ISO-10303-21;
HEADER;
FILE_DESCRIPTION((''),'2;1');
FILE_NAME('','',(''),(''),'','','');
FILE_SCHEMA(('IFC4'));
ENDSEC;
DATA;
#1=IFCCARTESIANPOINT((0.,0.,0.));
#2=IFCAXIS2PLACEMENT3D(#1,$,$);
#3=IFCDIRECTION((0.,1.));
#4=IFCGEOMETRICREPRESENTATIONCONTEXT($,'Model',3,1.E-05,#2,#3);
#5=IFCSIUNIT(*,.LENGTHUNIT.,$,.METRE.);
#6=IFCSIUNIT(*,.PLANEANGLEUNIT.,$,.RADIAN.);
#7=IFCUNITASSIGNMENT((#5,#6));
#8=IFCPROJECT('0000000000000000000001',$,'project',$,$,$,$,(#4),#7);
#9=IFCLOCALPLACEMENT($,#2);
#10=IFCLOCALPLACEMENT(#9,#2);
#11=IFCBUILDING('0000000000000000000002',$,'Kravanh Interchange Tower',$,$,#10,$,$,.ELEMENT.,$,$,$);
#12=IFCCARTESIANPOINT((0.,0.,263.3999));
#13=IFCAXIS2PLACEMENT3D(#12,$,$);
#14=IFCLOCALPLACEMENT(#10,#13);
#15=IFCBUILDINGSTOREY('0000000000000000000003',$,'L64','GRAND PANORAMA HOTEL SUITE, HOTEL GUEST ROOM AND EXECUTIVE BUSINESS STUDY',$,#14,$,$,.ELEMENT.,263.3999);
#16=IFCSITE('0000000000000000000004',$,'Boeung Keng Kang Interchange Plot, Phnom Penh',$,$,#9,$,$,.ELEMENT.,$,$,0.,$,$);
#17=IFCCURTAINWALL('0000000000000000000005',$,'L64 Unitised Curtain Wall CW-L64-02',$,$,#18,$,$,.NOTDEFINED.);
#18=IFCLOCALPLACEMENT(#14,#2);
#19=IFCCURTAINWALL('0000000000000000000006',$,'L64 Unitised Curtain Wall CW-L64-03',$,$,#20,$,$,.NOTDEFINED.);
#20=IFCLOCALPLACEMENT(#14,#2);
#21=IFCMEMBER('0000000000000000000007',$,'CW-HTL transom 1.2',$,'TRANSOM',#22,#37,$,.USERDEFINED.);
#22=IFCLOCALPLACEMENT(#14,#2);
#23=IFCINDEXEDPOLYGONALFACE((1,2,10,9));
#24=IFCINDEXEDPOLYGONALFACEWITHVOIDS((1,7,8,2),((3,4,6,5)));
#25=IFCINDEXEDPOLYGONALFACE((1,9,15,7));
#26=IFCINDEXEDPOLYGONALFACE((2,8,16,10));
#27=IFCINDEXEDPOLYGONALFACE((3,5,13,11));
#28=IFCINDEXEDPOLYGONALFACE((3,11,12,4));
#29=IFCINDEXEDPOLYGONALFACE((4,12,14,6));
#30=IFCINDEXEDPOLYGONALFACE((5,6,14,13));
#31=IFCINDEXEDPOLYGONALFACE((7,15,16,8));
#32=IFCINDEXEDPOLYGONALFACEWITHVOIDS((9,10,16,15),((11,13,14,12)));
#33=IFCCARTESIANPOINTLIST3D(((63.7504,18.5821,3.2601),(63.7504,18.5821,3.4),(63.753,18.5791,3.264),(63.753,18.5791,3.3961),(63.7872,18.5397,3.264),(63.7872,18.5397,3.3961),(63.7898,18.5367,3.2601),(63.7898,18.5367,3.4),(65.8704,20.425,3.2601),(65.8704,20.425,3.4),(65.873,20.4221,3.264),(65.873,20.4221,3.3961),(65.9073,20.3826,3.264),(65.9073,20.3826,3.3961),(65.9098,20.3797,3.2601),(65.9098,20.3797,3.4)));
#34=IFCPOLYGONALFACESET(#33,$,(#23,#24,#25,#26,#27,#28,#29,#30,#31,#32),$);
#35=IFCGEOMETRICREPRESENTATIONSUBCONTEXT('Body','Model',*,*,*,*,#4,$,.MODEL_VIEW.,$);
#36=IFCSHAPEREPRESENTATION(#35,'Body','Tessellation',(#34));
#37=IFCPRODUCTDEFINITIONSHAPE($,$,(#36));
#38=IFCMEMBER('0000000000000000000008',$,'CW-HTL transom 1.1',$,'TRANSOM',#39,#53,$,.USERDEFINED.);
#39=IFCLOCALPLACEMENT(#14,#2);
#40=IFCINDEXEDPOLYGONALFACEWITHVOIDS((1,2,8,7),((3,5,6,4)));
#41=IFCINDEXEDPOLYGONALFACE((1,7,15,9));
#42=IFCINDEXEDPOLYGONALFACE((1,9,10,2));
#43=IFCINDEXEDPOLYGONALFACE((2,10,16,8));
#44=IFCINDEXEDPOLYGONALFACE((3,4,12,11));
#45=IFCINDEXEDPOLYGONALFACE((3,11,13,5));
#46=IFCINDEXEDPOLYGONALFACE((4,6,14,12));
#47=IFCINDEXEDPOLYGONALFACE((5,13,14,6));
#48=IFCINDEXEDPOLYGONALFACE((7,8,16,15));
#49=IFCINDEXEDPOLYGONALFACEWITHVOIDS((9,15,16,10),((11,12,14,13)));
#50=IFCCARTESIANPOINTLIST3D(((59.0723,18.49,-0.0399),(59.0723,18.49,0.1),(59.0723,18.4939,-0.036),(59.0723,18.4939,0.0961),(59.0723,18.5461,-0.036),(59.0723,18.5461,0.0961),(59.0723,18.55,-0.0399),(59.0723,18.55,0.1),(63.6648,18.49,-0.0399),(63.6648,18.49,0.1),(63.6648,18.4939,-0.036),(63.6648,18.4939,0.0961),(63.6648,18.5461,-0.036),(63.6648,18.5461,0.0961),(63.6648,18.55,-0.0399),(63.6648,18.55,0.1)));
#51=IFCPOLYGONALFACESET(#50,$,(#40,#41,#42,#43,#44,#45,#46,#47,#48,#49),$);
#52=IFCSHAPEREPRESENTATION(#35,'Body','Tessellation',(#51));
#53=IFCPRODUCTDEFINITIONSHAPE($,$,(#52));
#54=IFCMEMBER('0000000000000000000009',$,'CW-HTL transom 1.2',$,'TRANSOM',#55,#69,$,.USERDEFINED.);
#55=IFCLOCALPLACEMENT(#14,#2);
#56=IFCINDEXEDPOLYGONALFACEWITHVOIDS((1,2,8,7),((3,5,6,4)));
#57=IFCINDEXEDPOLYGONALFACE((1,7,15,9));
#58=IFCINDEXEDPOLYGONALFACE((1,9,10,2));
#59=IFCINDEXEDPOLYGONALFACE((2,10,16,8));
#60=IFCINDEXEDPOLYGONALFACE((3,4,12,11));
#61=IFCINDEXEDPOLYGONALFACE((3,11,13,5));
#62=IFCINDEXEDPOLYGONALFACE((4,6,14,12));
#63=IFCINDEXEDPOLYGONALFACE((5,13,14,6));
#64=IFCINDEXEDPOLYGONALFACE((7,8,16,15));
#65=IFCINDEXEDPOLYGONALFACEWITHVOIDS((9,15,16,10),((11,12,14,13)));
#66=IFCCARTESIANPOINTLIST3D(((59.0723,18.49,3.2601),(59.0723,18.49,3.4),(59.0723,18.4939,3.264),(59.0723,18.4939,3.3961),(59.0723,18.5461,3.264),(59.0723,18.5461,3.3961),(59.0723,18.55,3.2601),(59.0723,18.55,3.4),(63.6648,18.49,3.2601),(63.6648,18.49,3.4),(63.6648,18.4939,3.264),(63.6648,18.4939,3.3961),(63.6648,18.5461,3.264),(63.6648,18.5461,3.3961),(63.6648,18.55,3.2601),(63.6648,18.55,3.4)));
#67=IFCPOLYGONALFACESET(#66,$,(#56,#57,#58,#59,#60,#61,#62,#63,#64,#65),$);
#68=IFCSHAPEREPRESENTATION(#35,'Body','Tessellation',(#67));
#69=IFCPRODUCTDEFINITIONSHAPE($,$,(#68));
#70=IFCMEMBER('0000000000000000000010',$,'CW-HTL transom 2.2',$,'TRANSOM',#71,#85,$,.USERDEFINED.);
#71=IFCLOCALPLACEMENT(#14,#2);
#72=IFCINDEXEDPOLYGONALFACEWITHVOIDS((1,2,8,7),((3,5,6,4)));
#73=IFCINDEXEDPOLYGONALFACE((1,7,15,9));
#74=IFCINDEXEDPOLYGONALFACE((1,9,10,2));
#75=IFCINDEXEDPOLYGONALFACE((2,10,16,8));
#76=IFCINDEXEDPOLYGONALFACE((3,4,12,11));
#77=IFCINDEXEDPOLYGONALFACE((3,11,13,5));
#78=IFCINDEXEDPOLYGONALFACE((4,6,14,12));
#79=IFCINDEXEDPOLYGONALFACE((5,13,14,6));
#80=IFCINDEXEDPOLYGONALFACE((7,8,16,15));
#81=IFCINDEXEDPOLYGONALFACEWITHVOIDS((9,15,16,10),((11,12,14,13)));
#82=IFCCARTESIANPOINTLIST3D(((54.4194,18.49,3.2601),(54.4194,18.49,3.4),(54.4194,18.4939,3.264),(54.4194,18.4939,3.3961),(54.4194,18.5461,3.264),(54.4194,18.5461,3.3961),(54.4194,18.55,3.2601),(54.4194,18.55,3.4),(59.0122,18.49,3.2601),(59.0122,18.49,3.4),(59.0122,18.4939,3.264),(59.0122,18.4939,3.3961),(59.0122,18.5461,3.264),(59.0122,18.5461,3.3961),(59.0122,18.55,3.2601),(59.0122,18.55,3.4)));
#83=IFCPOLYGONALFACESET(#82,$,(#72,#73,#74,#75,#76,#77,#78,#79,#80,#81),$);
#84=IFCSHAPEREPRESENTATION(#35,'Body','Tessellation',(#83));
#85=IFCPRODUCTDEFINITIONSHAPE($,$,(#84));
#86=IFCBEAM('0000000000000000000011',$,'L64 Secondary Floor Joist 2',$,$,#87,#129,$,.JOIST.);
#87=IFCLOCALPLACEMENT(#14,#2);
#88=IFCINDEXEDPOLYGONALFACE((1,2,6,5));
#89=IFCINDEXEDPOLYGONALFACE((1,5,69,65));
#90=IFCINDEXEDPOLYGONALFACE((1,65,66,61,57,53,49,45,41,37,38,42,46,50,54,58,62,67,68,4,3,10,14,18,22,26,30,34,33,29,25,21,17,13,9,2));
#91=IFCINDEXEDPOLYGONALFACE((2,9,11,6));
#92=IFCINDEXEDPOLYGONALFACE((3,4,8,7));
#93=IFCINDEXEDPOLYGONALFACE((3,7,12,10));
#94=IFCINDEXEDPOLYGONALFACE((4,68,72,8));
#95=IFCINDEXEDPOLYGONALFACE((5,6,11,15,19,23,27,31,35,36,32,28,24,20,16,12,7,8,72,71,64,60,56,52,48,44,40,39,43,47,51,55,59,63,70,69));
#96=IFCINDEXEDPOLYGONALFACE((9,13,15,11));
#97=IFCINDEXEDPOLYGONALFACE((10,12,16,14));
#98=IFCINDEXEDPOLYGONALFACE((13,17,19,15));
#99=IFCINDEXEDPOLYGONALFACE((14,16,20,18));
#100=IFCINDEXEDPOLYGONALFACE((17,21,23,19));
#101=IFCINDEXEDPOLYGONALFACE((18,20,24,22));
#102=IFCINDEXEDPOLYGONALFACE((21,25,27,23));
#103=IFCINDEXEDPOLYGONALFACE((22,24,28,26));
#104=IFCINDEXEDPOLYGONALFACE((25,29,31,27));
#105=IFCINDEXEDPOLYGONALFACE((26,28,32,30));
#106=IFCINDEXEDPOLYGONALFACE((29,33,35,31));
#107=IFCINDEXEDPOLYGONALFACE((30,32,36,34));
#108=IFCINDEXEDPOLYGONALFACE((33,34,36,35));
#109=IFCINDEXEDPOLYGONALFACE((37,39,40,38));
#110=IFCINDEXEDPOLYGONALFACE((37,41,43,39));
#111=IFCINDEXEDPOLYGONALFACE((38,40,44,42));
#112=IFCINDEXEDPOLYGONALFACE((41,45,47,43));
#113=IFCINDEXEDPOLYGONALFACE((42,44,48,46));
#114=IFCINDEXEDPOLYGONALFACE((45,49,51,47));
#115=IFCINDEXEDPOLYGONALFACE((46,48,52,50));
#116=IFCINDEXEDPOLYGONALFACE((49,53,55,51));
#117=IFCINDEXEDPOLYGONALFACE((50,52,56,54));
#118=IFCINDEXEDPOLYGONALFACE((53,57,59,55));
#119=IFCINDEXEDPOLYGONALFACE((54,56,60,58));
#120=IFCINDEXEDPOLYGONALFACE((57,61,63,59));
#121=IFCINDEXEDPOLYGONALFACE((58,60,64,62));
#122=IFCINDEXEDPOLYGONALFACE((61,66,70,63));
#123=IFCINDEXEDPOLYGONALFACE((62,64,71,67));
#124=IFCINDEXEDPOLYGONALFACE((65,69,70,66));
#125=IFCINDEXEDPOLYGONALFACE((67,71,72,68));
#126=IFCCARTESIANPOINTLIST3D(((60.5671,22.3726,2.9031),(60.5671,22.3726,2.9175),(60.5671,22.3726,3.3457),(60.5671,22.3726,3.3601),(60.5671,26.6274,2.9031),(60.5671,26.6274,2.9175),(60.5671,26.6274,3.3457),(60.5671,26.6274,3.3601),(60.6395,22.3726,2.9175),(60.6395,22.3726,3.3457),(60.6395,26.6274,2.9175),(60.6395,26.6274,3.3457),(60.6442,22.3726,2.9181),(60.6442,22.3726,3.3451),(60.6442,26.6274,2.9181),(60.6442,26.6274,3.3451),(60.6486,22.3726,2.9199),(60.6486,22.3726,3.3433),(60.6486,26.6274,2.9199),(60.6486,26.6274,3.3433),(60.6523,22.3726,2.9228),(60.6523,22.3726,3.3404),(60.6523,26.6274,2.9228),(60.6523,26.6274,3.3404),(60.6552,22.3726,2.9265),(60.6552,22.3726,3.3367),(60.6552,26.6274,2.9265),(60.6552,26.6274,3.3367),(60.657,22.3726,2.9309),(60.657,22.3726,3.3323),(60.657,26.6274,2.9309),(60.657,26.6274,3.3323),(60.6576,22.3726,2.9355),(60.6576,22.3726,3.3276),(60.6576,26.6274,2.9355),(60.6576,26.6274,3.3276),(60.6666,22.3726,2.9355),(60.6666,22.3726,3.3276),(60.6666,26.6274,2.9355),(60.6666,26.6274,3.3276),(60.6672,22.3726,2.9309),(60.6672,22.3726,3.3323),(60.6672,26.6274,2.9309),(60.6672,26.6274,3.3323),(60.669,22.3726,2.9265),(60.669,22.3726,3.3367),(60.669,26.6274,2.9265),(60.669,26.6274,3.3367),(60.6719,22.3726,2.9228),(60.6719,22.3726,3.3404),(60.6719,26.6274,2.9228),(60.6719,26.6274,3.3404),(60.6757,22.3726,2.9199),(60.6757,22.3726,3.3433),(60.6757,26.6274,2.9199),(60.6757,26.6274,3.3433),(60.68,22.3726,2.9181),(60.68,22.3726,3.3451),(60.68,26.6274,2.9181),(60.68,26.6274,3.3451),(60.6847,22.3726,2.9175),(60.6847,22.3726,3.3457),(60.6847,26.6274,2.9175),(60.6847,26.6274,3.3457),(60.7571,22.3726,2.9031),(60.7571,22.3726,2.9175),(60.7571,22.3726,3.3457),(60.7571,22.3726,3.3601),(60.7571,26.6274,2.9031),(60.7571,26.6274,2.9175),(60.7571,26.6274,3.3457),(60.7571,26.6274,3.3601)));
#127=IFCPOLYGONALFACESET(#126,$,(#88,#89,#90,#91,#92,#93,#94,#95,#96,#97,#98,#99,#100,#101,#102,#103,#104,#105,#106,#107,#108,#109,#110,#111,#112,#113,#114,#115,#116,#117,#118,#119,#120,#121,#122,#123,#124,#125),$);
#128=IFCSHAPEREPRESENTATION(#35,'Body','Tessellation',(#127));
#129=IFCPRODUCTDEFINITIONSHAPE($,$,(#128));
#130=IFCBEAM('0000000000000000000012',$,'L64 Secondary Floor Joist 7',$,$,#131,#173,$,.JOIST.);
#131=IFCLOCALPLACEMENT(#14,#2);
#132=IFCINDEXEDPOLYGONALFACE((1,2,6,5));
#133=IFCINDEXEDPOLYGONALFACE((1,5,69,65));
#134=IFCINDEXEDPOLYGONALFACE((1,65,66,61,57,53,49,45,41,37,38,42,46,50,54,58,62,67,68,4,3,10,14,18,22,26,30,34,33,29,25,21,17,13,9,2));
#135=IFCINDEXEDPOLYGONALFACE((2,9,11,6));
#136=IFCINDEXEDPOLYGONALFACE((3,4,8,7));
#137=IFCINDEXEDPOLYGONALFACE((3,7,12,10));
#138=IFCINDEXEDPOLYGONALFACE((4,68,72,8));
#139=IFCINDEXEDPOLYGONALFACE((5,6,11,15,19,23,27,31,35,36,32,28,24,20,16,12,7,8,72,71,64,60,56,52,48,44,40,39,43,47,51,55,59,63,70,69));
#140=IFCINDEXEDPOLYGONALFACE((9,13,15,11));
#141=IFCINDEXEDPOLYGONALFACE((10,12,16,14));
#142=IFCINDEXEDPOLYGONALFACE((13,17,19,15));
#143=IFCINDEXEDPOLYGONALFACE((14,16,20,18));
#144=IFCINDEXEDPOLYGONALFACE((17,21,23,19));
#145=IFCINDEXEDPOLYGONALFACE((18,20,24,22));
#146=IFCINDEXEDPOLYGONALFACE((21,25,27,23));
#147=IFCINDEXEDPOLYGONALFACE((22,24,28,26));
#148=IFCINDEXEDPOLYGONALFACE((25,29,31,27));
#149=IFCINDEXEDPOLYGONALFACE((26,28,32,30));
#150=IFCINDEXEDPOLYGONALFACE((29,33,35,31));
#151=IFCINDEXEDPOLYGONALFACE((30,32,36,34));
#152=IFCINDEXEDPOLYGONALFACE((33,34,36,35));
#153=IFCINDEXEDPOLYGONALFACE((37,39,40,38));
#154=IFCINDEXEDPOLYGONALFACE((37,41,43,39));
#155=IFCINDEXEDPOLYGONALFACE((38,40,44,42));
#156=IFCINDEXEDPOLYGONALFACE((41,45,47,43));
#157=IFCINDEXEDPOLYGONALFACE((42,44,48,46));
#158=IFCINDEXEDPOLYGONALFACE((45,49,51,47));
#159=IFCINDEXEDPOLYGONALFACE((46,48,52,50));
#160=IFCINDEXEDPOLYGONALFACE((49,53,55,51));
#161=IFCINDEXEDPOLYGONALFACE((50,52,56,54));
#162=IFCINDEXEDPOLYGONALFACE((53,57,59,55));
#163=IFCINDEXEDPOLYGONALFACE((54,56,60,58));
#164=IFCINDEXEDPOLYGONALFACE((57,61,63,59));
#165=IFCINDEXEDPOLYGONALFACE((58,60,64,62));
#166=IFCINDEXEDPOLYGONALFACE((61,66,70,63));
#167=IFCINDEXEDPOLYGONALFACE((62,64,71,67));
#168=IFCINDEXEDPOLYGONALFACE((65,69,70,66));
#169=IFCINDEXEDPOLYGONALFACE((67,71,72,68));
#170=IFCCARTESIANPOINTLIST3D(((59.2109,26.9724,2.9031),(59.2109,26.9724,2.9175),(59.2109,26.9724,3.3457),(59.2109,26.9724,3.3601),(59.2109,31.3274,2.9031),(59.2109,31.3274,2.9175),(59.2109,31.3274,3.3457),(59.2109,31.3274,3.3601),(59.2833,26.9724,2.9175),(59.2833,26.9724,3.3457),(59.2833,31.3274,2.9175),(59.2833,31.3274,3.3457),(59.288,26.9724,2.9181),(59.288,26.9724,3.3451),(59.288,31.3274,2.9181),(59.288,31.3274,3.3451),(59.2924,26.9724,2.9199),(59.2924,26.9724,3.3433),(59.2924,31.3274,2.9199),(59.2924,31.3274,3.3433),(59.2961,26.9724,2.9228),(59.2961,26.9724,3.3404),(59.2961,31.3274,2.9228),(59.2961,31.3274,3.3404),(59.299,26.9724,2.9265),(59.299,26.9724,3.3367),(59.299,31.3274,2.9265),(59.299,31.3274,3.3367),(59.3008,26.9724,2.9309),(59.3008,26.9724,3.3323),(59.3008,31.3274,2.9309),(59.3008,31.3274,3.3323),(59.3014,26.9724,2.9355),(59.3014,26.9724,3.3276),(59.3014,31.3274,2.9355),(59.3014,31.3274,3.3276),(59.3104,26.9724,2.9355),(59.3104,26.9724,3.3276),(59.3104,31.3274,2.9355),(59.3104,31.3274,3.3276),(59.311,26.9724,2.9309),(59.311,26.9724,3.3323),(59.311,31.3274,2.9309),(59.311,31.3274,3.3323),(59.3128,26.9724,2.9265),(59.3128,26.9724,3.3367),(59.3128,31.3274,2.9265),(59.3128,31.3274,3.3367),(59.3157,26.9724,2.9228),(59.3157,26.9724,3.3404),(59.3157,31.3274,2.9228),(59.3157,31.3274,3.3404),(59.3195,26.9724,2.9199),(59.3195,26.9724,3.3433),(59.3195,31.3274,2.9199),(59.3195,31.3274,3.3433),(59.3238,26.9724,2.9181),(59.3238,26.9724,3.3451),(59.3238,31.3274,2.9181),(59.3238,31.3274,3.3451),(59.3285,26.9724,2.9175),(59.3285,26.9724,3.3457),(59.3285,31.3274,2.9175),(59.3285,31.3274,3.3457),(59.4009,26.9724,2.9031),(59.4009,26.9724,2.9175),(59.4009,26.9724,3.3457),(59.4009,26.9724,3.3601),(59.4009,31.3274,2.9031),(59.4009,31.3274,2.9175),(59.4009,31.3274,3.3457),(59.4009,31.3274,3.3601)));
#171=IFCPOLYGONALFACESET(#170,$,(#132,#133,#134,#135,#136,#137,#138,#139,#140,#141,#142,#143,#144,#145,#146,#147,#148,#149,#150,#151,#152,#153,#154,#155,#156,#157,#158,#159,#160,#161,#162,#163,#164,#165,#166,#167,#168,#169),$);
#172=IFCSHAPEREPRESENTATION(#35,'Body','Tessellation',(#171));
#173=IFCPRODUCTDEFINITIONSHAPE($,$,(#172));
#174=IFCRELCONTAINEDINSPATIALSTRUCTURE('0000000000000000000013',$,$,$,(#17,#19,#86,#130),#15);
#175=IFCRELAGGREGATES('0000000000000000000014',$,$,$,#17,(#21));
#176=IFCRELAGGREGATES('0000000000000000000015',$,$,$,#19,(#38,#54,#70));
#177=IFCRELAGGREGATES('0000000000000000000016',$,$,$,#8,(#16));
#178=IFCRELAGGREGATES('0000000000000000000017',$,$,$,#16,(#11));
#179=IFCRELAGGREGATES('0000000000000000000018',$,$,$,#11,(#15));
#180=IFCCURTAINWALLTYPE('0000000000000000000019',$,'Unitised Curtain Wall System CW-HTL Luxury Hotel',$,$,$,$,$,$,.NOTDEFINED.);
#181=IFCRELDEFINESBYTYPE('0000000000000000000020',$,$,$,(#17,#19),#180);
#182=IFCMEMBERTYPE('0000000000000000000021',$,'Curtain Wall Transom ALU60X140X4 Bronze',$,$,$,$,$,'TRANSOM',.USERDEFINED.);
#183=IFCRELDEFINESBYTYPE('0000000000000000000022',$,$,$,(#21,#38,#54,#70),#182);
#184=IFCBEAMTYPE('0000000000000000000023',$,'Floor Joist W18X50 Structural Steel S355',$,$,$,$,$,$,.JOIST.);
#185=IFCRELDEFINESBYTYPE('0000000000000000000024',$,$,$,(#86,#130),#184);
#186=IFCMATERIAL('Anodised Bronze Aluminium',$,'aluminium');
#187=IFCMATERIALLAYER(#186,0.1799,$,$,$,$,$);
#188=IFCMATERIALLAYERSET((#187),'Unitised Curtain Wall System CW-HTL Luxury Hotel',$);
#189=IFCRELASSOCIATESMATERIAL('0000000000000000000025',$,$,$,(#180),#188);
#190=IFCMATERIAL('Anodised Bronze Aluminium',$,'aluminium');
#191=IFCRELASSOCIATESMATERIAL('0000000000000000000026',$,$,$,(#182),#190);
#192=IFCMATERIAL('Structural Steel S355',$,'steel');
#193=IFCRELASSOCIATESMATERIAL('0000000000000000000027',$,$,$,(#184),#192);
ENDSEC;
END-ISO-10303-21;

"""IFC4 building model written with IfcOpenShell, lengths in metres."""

from ifc_helpers import new_model, si_unit, direction, frame, origin, origin_2d, place, context, subcontext, project, spatial, hollow_rectangle, i_section, extrude, material, layer, layer_set, material_profile, profile_set, type_object, element, aggregate, save


model = new_model("IFC4")

# Units and contexts
model_context = context("Model", 3, precision=1e-05, world=origin(), true_north=direction((0.0, 1.0)))
body_context = subcontext(model_context, "Body", "Model", "MODEL_VIEW")
ifc_project = project(units=[si_unit("LENGTHUNIT", "METRE"), si_unit("PLANEANGLEUNIT", "RADIAN")], contexts=[model_context])

# Site, building, storey
site_placement = place(None, origin())
site = spatial("IfcSite", under=ifc_project, at=site_placement, Name="Boeung Keng Kang Interchange Plot, Phnom Penh", CompositionType="ELEMENT", RefElevation=0.0)
building_placement = place(site_placement, origin())
building = spatial("IfcBuilding", under=site, at=building_placement, Name="Kravanh Interchange Tower", CompositionType="ELEMENT")
storey_placement = place(building_placement, frame((0.0, 0.0, 263.3999)))
storey = spatial("IfcBuildingStorey", under=building, at=storey_placement, Name="L64", Description="GRAND PANORAMA HOTEL SUITE, HOTEL GUEST ROOM AND EXECUTIVE BUSINESS STUDY", CompositionType="ELEMENT", Elevation=263.3999)

# Curtain walls
ifc_material_1 = material(Name="Anodised Bronze Aluminium", Category="aluminium")
ifc_layer_1 = layer(ifc_material_1, 0.1799)
ifc_layer_set_1 = layer_set([ifc_layer_1], Name="Unitised Curtain Wall System CW-HTL Luxury Hotel")
curtain_wall_type = type_object("IfcCurtainWallType", Name="Unitised Curtain Wall System CW-HTL Luxury Hotel", PredefinedType="NOTDEFINED", material=ifc_layer_set_1)
curtain_wall_1_placement = place(storey_placement, origin())
curtain_wall_1 = element("IfcCurtainWall", 1, at=curtain_wall_1_placement, inside=storey, type_object=curtain_wall_type, Name="L64 Unitised Curtain Wall CW-L64-02", PredefinedType="NOTDEFINED")
curtain_wall_2_placement = place(storey_placement, origin())
curtain_wall_2 = element("IfcCurtainWall", 2, at=curtain_wall_2_placement, inside=storey, type_object=curtain_wall_type, Name="L64 Unitised Curtain Wall CW-L64-03", PredefinedType="NOTDEFINED")

# Members
ifc_material_2 = material(Name="Anodised Bronze Aluminium", Category="aluminium")
ifc_material_profile_1 = material_profile(ifc_material_2, hollow_rectangle(XDim=0.0601, YDim=0.1399, WallThickness=0.0039, at=origin_2d()), Name="ALU60X140X4")
ifc_profile_set_1 = profile_set([ifc_material_profile_1], Name="Anodised Bronze Aluminium")
member_type_1 = type_object("IfcMemberType", Name="Curtain Wall Transom ALU60X140X4 Bronze", ElementType="TRANSOM", PredefinedType="USERDEFINED", material=ifc_profile_set_1)
member_1_placement = place(storey_placement, frame((65.8901, 20.4023, 3.3301), z_axis=(-0.754705, -0.656065, 0.0), x_axis=(0.656065, -0.754705, 0.0)))
member_1 = element("IfcMember", 3, at=member_1_placement, type_object=member_type_1, Name="CW-HTL transom 1.2", ObjectType="TRANSOM", PredefinedType="USERDEFINED", context=body_context, shape_type="SweptSolid", body=[
    extrude(hollow_rectangle(XDim=0.0601, YDim=0.1399, WallThickness=0.0039, at=origin_2d()), origin(), (0.0, 0.0, 1.0), 2.8091),
])
member_2_placement = place(storey_placement, frame((63.6648, 18.52, 0.03), z_axis=(-1.0, 0.0, 0.0), x_axis=(0.0, -1.0, 0.0)))
member_2 = element("IfcMember", 4, at=member_2_placement, type_object=member_type_1, Name="CW-HTL transom 1.1", ObjectType="TRANSOM", PredefinedType="USERDEFINED", context=body_context, shape_type="SweptSolid", body=[
    extrude(hollow_rectangle(XDim=0.0601, YDim=0.1399, WallThickness=0.0039, at=origin_2d()), origin(), (0.0, 0.0, 1.0), 4.5925),
])
member_3_placement = place(storey_placement, frame((63.6648, 18.52, 3.3301), z_axis=(-1.0, 0.0, 0.0), x_axis=(0.0, -1.0, 0.0)))
member_3 = element("IfcMember", 5, at=member_3_placement, type_object=member_type_1, Name="CW-HTL transom 1.2", ObjectType="TRANSOM", PredefinedType="USERDEFINED", context=body_context, shape_type="SweptSolid", body=[
    extrude(hollow_rectangle(XDim=0.0601, YDim=0.1399, WallThickness=0.0039, at=origin_2d()), origin(), (0.0, 0.0, 1.0), 4.5925),
])
member_4_placement = place(storey_placement, frame((59.0122, 18.52, 3.3301), z_axis=(-1.0, 0.0, 0.0), x_axis=(0.0, -1.0, 0.0)))
member_4 = element("IfcMember", 6, at=member_4_placement, type_object=member_type_1, Name="CW-HTL transom 2.2", ObjectType="TRANSOM", PredefinedType="USERDEFINED", context=body_context, shape_type="SweptSolid", body=[
    extrude(hollow_rectangle(XDim=0.0601, YDim=0.1399, WallThickness=0.0039, at=origin_2d()), origin(), (0.0, 0.0, 1.0), 4.5928),
])

# Beams
ifc_material_3 = material(Name="Structural Steel S355", Category="steel")
ifc_material_profile_2 = material_profile(ifc_material_3, i_section(OverallWidth=0.1899, OverallDepth=0.457, WebThickness=0.009, FlangeThickness=0.0144, FilletRadius=0.0181, at=origin_2d()), Name="W18X50")
ifc_profile_set_2 = profile_set([ifc_material_profile_2], Name="Structural Steel S355")
beam_type_1 = type_object("IfcBeamType", Name="Floor Joist W18X50 Structural Steel S355", PredefinedType="JOIST", material=ifc_profile_set_2)
beam_1_placement = place(storey_placement, frame((60.6621, 22.3726, 3.1316), z_axis=(0.0, 1.0, 0.0), x_axis=(-1.0, 0.0, 0.0)))
element("IfcBeam", 7, at=beam_1_placement, inside=storey, type_object=beam_type_1, Name="L64 Secondary Floor Joist 2", PredefinedType="JOIST", context=body_context, shape_type="SweptSolid", body=[
    extrude(i_section(OverallWidth=0.1899, OverallDepth=0.457, WebThickness=0.009, FlangeThickness=0.0144, FilletRadius=0.0181, at=origin_2d()), origin(), (0.0, 0.0, 1.0), 4.2549),
])
for number, where, z_axis, x_axis, name in (
    (8, (59.3059, 26.9724, 3.1316), (0.0, 1.0, 0.0), (-1.0, 0.0, 0.0), "L64 Secondary Floor Joist 7"),
):
    element("IfcBeam", number, at=place(storey_placement, frame(where, z_axis=z_axis, x_axis=x_axis)), inside=storey, type_object=beam_type_1, Name=name, PredefinedType="JOIST", context=body_context, shape_type="SweptSolid", body=[
        extrude(i_section(OverallWidth=0.1899, OverallDepth=0.457, WebThickness=0.009, FlangeThickness=0.0144, FilletRadius=0.0181, at=origin_2d()), origin(), (0.0, 0.0, 1.0), 4.355),
    ])

aggregate(curtain_wall_1, [member_1])
aggregate(curtain_wall_2, [member_2, member_3, member_4])

save(model, "model.ifc")
